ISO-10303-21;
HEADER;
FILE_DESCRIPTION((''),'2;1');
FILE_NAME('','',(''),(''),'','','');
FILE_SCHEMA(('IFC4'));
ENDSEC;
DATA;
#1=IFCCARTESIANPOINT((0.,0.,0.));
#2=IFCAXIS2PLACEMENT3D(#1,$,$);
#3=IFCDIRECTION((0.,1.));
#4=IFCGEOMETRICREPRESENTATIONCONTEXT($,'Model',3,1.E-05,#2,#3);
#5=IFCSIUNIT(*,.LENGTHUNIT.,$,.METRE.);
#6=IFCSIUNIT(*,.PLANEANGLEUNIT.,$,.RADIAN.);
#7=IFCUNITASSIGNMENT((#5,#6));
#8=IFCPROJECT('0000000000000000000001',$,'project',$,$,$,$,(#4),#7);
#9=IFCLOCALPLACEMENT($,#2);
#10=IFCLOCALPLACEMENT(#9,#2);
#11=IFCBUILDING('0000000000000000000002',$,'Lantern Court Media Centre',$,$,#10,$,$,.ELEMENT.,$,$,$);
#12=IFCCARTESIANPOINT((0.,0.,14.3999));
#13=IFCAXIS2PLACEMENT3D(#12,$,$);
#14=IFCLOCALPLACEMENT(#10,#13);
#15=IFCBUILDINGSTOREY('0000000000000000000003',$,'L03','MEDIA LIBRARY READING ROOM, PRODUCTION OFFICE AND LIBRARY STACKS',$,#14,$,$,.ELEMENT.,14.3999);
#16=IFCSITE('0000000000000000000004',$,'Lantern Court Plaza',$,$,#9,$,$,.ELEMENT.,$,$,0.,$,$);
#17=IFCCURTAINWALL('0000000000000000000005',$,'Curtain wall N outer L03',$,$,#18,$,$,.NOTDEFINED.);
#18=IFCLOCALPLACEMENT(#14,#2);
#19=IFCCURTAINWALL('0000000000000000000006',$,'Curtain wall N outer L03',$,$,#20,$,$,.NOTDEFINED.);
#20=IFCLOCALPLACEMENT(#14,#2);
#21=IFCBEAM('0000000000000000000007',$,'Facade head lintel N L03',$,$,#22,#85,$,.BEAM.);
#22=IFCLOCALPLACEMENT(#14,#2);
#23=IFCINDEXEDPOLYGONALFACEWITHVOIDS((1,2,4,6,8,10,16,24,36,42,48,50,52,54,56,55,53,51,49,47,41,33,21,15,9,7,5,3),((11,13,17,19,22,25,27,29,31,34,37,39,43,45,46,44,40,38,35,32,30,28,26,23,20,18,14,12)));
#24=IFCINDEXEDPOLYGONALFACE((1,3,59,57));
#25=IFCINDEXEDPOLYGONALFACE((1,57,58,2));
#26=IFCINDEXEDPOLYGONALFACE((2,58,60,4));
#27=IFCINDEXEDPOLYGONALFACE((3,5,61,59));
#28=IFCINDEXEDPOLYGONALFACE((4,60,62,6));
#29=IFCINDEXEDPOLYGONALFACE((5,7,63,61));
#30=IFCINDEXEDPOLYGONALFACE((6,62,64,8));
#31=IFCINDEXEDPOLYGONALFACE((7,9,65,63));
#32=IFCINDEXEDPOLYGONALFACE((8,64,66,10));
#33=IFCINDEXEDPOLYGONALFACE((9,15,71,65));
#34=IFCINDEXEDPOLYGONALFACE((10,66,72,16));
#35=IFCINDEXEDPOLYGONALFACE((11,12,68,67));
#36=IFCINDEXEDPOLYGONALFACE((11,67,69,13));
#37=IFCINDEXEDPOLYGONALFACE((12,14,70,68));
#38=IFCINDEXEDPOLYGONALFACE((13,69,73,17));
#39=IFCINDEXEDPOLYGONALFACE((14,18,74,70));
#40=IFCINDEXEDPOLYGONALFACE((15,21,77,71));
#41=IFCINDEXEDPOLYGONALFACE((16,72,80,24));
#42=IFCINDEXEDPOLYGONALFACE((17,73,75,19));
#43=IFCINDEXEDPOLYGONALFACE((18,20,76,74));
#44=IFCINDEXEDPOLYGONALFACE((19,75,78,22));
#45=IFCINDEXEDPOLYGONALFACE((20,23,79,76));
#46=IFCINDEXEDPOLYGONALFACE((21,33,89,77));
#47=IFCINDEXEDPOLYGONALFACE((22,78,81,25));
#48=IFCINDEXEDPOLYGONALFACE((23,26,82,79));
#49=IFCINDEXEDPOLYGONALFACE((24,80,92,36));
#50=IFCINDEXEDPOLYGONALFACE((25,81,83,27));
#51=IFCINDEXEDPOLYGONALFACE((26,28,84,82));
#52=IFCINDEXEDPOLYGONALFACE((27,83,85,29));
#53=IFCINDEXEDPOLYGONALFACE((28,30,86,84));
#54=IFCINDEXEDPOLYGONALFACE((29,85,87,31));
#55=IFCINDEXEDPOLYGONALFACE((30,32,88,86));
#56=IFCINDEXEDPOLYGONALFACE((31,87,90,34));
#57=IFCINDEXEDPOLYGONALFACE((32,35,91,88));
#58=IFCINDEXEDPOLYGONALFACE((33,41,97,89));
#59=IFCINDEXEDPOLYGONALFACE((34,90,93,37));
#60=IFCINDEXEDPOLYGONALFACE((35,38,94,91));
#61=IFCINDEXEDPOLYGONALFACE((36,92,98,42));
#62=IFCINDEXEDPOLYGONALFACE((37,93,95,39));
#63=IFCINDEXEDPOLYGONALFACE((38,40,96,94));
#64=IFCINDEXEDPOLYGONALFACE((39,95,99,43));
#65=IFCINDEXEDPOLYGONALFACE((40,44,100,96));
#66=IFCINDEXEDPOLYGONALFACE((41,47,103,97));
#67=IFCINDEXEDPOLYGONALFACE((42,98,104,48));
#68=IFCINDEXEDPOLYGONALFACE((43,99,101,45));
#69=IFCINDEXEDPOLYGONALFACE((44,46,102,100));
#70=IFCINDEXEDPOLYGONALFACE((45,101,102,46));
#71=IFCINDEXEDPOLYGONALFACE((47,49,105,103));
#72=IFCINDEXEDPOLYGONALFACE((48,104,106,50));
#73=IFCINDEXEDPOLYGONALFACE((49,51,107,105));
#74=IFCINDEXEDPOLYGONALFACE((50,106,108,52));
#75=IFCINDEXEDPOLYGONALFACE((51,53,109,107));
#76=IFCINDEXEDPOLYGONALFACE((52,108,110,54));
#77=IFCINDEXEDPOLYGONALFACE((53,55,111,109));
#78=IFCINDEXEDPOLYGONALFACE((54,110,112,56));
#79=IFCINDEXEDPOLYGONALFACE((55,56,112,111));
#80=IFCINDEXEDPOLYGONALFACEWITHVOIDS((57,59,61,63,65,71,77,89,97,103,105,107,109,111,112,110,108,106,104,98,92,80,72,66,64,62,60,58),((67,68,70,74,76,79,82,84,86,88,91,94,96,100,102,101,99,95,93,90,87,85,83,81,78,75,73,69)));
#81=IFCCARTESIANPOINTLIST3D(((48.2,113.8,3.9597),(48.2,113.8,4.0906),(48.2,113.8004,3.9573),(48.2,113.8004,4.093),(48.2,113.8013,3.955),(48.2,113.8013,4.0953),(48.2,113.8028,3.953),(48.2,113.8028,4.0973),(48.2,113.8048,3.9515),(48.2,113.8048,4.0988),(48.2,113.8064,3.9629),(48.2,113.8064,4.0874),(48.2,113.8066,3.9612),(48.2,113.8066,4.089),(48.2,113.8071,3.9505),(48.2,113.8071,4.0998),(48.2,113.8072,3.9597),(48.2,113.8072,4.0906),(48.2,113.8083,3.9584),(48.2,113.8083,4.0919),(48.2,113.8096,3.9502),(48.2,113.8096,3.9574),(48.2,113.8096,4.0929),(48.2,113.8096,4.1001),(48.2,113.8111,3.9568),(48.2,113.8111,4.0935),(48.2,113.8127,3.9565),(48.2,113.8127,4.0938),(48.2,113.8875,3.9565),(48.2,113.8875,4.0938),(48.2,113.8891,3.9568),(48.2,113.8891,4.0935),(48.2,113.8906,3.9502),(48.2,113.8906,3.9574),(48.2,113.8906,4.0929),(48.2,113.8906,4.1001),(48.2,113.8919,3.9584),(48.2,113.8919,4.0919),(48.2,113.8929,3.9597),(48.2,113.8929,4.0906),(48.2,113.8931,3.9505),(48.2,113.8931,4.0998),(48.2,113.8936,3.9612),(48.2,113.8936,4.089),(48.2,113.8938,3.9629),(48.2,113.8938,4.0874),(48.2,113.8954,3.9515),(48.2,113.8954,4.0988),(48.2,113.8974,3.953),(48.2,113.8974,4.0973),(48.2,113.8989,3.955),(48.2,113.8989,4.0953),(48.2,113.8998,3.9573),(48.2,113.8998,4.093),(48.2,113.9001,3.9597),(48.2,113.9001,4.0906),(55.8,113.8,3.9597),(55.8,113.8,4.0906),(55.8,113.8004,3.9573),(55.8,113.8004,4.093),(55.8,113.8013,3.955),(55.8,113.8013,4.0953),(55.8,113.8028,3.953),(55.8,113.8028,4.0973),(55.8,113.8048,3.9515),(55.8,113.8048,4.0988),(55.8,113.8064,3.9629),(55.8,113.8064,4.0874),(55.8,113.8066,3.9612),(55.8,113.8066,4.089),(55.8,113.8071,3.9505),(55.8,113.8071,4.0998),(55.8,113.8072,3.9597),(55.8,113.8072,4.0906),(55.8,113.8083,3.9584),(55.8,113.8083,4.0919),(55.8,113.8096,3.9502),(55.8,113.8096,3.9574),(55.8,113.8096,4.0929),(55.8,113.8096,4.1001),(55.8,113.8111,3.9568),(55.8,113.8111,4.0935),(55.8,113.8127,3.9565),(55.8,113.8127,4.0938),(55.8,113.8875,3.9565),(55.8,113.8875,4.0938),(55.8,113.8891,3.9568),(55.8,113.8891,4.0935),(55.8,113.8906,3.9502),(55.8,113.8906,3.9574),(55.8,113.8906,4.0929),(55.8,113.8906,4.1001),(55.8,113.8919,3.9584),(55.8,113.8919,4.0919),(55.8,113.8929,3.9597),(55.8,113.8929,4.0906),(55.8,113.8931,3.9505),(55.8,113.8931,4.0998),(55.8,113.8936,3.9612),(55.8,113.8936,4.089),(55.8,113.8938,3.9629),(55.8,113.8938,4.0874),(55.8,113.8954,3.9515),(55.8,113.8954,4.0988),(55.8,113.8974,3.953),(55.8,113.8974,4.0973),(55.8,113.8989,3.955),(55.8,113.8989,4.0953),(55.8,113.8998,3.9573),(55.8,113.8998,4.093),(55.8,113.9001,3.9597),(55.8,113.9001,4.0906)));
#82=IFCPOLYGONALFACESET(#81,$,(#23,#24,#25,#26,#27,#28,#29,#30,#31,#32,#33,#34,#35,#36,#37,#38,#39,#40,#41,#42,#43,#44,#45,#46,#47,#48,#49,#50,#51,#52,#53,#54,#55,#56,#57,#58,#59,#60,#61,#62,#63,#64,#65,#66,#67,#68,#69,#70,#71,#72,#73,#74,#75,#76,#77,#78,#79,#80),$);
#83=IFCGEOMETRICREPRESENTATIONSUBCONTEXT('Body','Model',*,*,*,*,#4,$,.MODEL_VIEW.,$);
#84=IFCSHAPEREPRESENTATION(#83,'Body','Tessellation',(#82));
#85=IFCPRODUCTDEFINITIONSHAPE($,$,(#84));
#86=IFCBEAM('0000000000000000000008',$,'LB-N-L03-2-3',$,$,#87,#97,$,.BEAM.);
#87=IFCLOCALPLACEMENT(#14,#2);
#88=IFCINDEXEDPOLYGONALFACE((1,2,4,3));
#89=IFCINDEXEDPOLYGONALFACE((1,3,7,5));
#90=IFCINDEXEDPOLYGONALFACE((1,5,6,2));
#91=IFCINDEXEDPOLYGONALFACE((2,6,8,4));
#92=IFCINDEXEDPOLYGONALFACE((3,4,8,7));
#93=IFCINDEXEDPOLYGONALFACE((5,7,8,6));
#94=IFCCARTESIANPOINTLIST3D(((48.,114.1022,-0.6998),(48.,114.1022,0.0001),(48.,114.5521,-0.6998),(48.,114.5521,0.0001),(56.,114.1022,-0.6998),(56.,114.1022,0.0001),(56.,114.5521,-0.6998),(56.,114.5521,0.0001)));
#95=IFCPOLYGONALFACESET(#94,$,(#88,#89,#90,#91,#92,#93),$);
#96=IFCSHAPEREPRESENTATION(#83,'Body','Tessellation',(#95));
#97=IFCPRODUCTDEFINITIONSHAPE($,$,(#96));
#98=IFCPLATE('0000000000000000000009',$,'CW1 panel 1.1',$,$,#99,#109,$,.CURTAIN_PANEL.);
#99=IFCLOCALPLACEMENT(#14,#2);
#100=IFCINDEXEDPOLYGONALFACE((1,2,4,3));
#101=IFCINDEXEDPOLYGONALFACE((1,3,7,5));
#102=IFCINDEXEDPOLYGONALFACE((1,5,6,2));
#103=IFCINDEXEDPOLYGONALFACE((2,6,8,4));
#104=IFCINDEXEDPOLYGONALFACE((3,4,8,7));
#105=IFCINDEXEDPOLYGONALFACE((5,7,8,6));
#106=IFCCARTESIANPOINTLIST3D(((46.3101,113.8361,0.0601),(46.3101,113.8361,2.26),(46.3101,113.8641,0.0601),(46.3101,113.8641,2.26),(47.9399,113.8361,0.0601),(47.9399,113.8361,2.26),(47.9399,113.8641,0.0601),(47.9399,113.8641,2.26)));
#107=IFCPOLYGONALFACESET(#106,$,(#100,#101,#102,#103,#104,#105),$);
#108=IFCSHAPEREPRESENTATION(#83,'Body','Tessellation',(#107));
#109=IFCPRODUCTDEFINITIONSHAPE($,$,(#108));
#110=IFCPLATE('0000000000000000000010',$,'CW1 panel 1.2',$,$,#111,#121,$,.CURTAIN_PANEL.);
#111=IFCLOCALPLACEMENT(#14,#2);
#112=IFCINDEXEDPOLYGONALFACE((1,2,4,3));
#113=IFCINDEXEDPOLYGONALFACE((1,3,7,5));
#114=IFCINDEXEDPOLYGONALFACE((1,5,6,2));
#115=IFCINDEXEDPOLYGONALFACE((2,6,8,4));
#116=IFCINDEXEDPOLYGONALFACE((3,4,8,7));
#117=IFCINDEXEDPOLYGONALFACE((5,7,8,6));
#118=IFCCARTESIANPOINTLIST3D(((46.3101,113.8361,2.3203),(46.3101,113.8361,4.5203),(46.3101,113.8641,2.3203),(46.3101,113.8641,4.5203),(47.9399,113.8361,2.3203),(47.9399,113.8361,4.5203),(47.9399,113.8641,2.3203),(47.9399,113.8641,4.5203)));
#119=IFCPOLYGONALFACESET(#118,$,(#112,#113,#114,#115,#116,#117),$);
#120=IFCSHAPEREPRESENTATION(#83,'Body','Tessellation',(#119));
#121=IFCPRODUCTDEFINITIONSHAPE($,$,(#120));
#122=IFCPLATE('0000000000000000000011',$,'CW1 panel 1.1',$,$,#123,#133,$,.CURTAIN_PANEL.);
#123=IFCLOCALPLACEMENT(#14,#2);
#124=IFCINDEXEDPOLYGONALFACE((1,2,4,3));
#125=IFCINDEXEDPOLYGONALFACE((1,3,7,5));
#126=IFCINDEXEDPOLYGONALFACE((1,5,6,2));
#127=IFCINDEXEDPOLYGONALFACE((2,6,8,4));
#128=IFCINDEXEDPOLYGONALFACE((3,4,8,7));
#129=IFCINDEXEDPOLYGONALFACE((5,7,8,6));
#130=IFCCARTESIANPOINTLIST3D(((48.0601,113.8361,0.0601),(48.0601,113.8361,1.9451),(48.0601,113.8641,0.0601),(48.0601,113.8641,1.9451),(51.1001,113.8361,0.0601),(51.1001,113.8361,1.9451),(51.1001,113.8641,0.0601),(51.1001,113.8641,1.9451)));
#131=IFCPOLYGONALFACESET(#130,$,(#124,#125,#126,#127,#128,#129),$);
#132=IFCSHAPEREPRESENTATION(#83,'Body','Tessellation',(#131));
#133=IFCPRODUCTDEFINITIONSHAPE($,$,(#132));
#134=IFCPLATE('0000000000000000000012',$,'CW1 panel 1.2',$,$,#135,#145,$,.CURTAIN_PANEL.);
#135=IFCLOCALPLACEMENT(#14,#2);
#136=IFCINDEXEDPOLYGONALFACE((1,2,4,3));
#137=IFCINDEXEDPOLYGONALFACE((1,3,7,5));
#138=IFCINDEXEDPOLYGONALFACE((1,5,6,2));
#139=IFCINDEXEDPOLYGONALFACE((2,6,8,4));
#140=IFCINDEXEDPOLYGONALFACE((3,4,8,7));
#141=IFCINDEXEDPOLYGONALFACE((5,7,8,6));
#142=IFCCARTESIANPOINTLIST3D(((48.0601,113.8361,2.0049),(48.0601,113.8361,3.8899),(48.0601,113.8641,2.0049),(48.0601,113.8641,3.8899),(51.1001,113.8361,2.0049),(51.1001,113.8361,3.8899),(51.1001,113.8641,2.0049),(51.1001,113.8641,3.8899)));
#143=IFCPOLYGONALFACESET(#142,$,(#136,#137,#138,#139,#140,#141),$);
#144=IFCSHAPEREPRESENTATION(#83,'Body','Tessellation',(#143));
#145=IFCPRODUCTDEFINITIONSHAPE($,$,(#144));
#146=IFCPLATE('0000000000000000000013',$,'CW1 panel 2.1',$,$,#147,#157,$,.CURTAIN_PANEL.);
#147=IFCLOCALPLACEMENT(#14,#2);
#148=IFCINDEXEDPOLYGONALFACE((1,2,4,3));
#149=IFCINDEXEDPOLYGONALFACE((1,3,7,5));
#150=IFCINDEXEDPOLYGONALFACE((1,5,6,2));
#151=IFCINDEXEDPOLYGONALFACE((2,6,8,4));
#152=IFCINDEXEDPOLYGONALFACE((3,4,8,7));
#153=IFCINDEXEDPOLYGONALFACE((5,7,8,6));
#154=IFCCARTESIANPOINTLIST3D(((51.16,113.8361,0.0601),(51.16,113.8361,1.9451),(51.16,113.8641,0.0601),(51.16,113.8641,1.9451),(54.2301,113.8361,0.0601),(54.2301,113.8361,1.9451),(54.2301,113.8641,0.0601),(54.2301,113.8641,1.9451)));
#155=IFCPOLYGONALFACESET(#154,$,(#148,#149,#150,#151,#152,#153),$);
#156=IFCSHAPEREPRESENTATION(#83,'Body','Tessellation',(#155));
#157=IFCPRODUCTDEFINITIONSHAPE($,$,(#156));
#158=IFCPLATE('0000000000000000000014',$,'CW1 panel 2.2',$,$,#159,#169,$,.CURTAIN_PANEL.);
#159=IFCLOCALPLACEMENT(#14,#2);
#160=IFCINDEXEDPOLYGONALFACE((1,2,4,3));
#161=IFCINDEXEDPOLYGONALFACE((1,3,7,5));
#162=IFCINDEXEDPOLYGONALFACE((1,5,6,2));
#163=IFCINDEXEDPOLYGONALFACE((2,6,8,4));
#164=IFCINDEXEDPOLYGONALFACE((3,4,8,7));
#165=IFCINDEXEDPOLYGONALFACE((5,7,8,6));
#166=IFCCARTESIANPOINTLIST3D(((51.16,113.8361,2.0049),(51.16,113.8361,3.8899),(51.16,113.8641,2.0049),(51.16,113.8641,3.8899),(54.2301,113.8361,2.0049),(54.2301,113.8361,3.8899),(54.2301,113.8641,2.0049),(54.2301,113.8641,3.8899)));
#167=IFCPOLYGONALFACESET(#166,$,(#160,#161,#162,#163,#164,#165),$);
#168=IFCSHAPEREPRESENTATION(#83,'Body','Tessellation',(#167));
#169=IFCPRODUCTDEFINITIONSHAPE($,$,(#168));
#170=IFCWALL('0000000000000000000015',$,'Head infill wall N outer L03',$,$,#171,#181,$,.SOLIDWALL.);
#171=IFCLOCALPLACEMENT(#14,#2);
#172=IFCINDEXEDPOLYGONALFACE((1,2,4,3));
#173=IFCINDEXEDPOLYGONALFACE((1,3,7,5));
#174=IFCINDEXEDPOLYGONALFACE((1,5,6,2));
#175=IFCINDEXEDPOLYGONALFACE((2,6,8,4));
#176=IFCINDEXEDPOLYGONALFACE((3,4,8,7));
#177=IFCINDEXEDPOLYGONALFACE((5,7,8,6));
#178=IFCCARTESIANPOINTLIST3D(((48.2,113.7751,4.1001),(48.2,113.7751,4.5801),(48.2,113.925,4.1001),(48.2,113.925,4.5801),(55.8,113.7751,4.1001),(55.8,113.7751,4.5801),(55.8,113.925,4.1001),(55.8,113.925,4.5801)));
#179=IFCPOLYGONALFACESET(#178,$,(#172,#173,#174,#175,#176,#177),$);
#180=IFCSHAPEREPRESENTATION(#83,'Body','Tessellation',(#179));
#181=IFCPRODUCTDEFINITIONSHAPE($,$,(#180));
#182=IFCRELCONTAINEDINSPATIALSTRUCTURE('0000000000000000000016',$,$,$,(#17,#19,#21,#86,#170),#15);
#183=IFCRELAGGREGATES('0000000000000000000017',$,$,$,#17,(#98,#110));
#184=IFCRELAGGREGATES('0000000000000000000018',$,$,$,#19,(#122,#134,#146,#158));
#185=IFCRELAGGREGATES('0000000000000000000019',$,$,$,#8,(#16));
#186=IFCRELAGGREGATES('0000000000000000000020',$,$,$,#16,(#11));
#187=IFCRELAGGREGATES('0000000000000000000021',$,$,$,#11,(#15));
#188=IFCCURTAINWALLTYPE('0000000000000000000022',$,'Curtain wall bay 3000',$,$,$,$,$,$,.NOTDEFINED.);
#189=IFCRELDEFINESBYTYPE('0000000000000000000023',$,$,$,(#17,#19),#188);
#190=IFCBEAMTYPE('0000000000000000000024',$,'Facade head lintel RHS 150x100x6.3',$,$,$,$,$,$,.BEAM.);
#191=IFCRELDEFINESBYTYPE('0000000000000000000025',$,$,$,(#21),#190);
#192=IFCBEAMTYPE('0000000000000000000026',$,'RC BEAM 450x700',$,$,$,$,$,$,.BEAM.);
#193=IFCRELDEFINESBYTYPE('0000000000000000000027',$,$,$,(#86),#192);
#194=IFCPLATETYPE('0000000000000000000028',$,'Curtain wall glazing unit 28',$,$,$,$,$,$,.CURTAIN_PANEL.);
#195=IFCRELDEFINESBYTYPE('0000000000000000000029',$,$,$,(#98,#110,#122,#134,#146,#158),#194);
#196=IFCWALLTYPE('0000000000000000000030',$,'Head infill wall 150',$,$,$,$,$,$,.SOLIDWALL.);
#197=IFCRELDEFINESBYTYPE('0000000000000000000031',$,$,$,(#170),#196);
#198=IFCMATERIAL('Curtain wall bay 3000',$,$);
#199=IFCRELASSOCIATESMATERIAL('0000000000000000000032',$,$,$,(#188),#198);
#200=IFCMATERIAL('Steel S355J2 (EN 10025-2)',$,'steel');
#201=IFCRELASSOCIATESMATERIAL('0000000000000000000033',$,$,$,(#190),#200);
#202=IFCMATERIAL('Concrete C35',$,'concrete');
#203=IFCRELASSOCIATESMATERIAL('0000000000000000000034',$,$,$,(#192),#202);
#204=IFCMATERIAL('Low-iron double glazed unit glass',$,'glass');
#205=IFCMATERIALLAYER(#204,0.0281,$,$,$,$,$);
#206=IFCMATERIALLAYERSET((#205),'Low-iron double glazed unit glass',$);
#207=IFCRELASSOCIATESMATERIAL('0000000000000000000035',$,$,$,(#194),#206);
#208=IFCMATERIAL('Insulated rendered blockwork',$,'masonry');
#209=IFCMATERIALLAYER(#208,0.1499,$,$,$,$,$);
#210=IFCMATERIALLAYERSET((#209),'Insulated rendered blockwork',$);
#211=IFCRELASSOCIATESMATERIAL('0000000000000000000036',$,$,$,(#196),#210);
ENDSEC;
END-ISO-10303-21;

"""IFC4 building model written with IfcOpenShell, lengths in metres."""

from ifc_helpers import new_model, si_unit, direction, frame, frame_2d, origin, origin_2d, place, context, subcontext, project, spatial, rectangle, hollow_rectangle, extrude, material, layer, layer_set, material_profile, profile_set, type_object, element, aggregate, save


model = new_model("IFC4")

# Units and contexts
model_context = context("Model", 3, precision=1e-05, world=origin(), true_north=direction((0.0, 1.0)))
body_context = subcontext(model_context, "Body", "Model", "MODEL_VIEW")
ifc_project = project(units=[si_unit("LENGTHUNIT", "METRE"), si_unit("PLANEANGLEUNIT", "RADIAN")], contexts=[model_context])

# Site, building, storey
site_placement = place(None, origin())
site = spatial("IfcSite", under=ifc_project, at=site_placement, Name="Lantern Court Plaza", CompositionType="ELEMENT", RefElevation=0.0)
building_placement = place(site_placement, origin())
building = spatial("IfcBuilding", under=site, at=building_placement, Name="Lantern Court Media Centre", CompositionType="ELEMENT")
storey_placement = place(building_placement, frame((0.0, 0.0, 14.3999)))
storey = spatial("IfcBuildingStorey", under=building, at=storey_placement, Name="L03", Description="MEDIA LIBRARY READING ROOM, PRODUCTION OFFICE AND LIBRARY STACKS", CompositionType="ELEMENT", Elevation=14.3999)

# Shared definitions
ifc_material_1 = material(Name="Concrete C35", Category="concrete")

# Curtain walls
ifc_material_2 = material(Name="Curtain wall bay 3000")
curtain_wall_type = type_object("IfcCurtainWallType", Name="Curtain wall bay 3000", PredefinedType="NOTDEFINED", material=ifc_material_2)
curtain_wall_1_placement = place(storey_placement, origin())
curtain_wall_1 = element("IfcCurtainWall", 1, at=curtain_wall_1_placement, inside=storey, type_object=curtain_wall_type, Name="Curtain wall N outer L03", PredefinedType="NOTDEFINED")
curtain_wall_2_placement = place(storey_placement, origin())
curtain_wall_2 = element("IfcCurtainWall", 2, at=curtain_wall_2_placement, inside=storey, type_object=curtain_wall_type, Name="Curtain wall N outer L03", PredefinedType="NOTDEFINED")

# Beams
ifc_material_3 = material(Name="Steel S355J2 (EN 10025-2)", Category="steel")
ifc_material_profile_1 = material_profile(ifc_material_3, hollow_rectangle(XDim=0.1001, YDim=0.1499, WallThickness=0.0063, InnerFilletRadius=0.0063, OuterFilletRadius=0.0095, at=origin_2d()), Name="Facade head lintel RHS 150x100x6.3")
ifc_profile_set_1 = profile_set([ifc_material_profile_1], Name="Steel S355J2 (EN 10025-2)")
beam_type_1 = type_object("IfcBeamType", Name="Facade head lintel RHS 150x100x6.3", PredefinedType="BEAM", material=ifc_profile_set_1)
beam_1_placement = place(storey_placement, frame((48.2, 113.8501, 4.0251), z_axis=(1.0, 0.0, 0.0), x_axis=(0.0, 1.0, 0.0)))
element("IfcBeam", 3, at=beam_1_placement, inside=storey, type_object=beam_type_1, Name="Facade head lintel N L03", PredefinedType="BEAM", context=body_context, shape_type="SweptSolid", body=[
    extrude(hollow_rectangle(XDim=0.1001, YDim=0.1499, WallThickness=0.0063, InnerFilletRadius=0.0063, OuterFilletRadius=0.0095, at=origin_2d()), origin(), (0.0, 0.0, 1.0), 7.6001),
])
ifc_material_profile_2 = material_profile(ifc_material_1, rectangle(XDim=0.45, YDim=0.7, at=origin_2d()), Name="RC 450x700")
ifc_profile_set_2 = profile_set([ifc_material_profile_2], Name="Concrete C35")
beam_type_2 = type_object("IfcBeamType", Name="RC BEAM 450x700", PredefinedType="BEAM", material=ifc_profile_set_2)
beam_2_placement = place(storey_placement, frame((48.0, 114.3271, -0.3499), z_axis=(1.0, 0.0, 0.0), x_axis=(0.0, 1.0, 0.0)))
element("IfcBeam", 4, at=beam_2_placement, inside=storey, type_object=beam_type_2, Name="LB-N-L03-2-3", PredefinedType="BEAM", context=body_context, shape_type="SweptSolid", body=[
    extrude(rectangle(XDim=0.45, YDim=0.7, at=origin_2d()), origin(), (0.0, 0.0, 1.0), 8.0),
])

# Plates
ifc_material_4 = material(Name="Low-iron double glazed unit glass", Category="glass")
ifc_layer_1 = layer(ifc_material_4, 0.0281)
ifc_layer_set_1 = layer_set([ifc_layer_1], Name="Low-iron double glazed unit glass")
plate_type = type_object("IfcPlateType", Name="Curtain wall glazing unit 28", PredefinedType="CURTAIN_PANEL", material=ifc_layer_set_1)
plate_1_placement = place(storey_placement, frame((47.125, 113.8501, 0.0601), z_axis=(0.0, 0.0, 1.0), x_axis=(1.0, 0.0, 0.0)))
plate_1 = element("IfcPlate", 5, at=plate_1_placement, type_object=plate_type, Name="CW1 panel 1.1", PredefinedType="CURTAIN_PANEL", context=body_context, shape_type="SweptSolid", body=[
    extrude(rectangle(XDim=1.6299, YDim=0.0281, at=origin_2d()), origin(), (0.0, 0.0, 1.0), 2.2),
])
plate_2_placement = place(storey_placement, frame((47.125, 113.8501, 2.3203), z_axis=(0.0, 0.0, 1.0), x_axis=(1.0, 0.0, 0.0)))
plate_2 = element("IfcPlate", 6, at=plate_2_placement, type_object=plate_type, Name="CW1 panel 1.2", PredefinedType="CURTAIN_PANEL", context=body_context, shape_type="SweptSolid", body=[
    extrude(rectangle(XDim=1.6299, YDim=0.0281, at=origin_2d()), origin(), (0.0, 0.0, 1.0), 2.2),
])
aggregate(curtain_wall_1, [plate_1, plate_2])
plate_3_placement = place(storey_placement, frame((49.5801, 113.8501, 0.0601), z_axis=(0.0, 0.0, 1.0), x_axis=(1.0, 0.0, 0.0)))
plate_3 = element("IfcPlate", 7, at=plate_3_placement, type_object=plate_type, Name="CW1 panel 1.1", PredefinedType="CURTAIN_PANEL", context=body_context, shape_type="SweptSolid", body=[
    extrude(rectangle(XDim=3.04, YDim=0.0281, at=origin_2d()), origin(), (0.0, 0.0, 1.0), 1.885),
])
plate_4_placement = place(storey_placement, frame((49.5801, 113.8501, 2.0049), z_axis=(0.0, 0.0, 1.0), x_axis=(1.0, 0.0, 0.0)))
plate_4 = element("IfcPlate", 8, at=plate_4_placement, type_object=plate_type, Name="CW1 panel 1.2", PredefinedType="CURTAIN_PANEL", context=body_context, shape_type="SweptSolid", body=[
    extrude(rectangle(XDim=3.04, YDim=0.0281, at=origin_2d()), origin(), (0.0, 0.0, 1.0), 1.885),
])
plate_5_placement = place(storey_placement, frame((52.6951, 113.8501, 0.0601), z_axis=(0.0, 0.0, 1.0), x_axis=(1.0, 0.0, 0.0)))
plate_5 = element("IfcPlate", 9, at=plate_5_placement, type_object=plate_type, Name="CW1 panel 2.1", PredefinedType="CURTAIN_PANEL", context=body_context, shape_type="SweptSolid", body=[
    extrude(rectangle(XDim=3.0701, YDim=0.0281, at=origin_2d()), origin(), (0.0, 0.0, 1.0), 1.885),
])
plate_6_placement = place(storey_placement, frame((52.6951, 113.8501, 2.0049), z_axis=(0.0, 0.0, 1.0), x_axis=(1.0, 0.0, 0.0)))
plate_6 = element("IfcPlate", 10, at=plate_6_placement, type_object=plate_type, Name="CW1 panel 2.2", PredefinedType="CURTAIN_PANEL", context=body_context, shape_type="SweptSolid", body=[
    extrude(rectangle(XDim=3.0701, YDim=0.0281, at=origin_2d()), origin(), (0.0, 0.0, 1.0), 1.885),
])
aggregate(curtain_wall_2, [plate_3, plate_4, plate_5, plate_6])

# Wall
ifc_material_5 = material(Name="Insulated rendered blockwork", Category="masonry")
ifc_layer_2 = layer(ifc_material_5, 0.1499)
ifc_layer_set_2 = layer_set([ifc_layer_2], Name="Insulated rendered blockwork")
wall_type = type_object("IfcWallType", Name="Head infill wall 150", PredefinedType="SOLIDWALL", material=ifc_layer_set_2)
wall_placement = place(storey_placement, frame((48.2, 113.8501, 4.1001), z_axis=(0.0, 0.0, 1.0), x_axis=(1.0, 0.0, 0.0)))
element("IfcWall", 11, at=wall_placement, inside=storey, type_object=wall_type, Name="Head infill wall N outer L03", PredefinedType="SOLIDWALL", context=body_context, shape_type="SweptSolid", body=[
    extrude(rectangle(XDim=7.6001, YDim=0.1499, at=frame_2d((3.8, 0.0))), origin(), (0.0, 0.0, 1.0), 0.48),
])

save(model, "model.ifc")
